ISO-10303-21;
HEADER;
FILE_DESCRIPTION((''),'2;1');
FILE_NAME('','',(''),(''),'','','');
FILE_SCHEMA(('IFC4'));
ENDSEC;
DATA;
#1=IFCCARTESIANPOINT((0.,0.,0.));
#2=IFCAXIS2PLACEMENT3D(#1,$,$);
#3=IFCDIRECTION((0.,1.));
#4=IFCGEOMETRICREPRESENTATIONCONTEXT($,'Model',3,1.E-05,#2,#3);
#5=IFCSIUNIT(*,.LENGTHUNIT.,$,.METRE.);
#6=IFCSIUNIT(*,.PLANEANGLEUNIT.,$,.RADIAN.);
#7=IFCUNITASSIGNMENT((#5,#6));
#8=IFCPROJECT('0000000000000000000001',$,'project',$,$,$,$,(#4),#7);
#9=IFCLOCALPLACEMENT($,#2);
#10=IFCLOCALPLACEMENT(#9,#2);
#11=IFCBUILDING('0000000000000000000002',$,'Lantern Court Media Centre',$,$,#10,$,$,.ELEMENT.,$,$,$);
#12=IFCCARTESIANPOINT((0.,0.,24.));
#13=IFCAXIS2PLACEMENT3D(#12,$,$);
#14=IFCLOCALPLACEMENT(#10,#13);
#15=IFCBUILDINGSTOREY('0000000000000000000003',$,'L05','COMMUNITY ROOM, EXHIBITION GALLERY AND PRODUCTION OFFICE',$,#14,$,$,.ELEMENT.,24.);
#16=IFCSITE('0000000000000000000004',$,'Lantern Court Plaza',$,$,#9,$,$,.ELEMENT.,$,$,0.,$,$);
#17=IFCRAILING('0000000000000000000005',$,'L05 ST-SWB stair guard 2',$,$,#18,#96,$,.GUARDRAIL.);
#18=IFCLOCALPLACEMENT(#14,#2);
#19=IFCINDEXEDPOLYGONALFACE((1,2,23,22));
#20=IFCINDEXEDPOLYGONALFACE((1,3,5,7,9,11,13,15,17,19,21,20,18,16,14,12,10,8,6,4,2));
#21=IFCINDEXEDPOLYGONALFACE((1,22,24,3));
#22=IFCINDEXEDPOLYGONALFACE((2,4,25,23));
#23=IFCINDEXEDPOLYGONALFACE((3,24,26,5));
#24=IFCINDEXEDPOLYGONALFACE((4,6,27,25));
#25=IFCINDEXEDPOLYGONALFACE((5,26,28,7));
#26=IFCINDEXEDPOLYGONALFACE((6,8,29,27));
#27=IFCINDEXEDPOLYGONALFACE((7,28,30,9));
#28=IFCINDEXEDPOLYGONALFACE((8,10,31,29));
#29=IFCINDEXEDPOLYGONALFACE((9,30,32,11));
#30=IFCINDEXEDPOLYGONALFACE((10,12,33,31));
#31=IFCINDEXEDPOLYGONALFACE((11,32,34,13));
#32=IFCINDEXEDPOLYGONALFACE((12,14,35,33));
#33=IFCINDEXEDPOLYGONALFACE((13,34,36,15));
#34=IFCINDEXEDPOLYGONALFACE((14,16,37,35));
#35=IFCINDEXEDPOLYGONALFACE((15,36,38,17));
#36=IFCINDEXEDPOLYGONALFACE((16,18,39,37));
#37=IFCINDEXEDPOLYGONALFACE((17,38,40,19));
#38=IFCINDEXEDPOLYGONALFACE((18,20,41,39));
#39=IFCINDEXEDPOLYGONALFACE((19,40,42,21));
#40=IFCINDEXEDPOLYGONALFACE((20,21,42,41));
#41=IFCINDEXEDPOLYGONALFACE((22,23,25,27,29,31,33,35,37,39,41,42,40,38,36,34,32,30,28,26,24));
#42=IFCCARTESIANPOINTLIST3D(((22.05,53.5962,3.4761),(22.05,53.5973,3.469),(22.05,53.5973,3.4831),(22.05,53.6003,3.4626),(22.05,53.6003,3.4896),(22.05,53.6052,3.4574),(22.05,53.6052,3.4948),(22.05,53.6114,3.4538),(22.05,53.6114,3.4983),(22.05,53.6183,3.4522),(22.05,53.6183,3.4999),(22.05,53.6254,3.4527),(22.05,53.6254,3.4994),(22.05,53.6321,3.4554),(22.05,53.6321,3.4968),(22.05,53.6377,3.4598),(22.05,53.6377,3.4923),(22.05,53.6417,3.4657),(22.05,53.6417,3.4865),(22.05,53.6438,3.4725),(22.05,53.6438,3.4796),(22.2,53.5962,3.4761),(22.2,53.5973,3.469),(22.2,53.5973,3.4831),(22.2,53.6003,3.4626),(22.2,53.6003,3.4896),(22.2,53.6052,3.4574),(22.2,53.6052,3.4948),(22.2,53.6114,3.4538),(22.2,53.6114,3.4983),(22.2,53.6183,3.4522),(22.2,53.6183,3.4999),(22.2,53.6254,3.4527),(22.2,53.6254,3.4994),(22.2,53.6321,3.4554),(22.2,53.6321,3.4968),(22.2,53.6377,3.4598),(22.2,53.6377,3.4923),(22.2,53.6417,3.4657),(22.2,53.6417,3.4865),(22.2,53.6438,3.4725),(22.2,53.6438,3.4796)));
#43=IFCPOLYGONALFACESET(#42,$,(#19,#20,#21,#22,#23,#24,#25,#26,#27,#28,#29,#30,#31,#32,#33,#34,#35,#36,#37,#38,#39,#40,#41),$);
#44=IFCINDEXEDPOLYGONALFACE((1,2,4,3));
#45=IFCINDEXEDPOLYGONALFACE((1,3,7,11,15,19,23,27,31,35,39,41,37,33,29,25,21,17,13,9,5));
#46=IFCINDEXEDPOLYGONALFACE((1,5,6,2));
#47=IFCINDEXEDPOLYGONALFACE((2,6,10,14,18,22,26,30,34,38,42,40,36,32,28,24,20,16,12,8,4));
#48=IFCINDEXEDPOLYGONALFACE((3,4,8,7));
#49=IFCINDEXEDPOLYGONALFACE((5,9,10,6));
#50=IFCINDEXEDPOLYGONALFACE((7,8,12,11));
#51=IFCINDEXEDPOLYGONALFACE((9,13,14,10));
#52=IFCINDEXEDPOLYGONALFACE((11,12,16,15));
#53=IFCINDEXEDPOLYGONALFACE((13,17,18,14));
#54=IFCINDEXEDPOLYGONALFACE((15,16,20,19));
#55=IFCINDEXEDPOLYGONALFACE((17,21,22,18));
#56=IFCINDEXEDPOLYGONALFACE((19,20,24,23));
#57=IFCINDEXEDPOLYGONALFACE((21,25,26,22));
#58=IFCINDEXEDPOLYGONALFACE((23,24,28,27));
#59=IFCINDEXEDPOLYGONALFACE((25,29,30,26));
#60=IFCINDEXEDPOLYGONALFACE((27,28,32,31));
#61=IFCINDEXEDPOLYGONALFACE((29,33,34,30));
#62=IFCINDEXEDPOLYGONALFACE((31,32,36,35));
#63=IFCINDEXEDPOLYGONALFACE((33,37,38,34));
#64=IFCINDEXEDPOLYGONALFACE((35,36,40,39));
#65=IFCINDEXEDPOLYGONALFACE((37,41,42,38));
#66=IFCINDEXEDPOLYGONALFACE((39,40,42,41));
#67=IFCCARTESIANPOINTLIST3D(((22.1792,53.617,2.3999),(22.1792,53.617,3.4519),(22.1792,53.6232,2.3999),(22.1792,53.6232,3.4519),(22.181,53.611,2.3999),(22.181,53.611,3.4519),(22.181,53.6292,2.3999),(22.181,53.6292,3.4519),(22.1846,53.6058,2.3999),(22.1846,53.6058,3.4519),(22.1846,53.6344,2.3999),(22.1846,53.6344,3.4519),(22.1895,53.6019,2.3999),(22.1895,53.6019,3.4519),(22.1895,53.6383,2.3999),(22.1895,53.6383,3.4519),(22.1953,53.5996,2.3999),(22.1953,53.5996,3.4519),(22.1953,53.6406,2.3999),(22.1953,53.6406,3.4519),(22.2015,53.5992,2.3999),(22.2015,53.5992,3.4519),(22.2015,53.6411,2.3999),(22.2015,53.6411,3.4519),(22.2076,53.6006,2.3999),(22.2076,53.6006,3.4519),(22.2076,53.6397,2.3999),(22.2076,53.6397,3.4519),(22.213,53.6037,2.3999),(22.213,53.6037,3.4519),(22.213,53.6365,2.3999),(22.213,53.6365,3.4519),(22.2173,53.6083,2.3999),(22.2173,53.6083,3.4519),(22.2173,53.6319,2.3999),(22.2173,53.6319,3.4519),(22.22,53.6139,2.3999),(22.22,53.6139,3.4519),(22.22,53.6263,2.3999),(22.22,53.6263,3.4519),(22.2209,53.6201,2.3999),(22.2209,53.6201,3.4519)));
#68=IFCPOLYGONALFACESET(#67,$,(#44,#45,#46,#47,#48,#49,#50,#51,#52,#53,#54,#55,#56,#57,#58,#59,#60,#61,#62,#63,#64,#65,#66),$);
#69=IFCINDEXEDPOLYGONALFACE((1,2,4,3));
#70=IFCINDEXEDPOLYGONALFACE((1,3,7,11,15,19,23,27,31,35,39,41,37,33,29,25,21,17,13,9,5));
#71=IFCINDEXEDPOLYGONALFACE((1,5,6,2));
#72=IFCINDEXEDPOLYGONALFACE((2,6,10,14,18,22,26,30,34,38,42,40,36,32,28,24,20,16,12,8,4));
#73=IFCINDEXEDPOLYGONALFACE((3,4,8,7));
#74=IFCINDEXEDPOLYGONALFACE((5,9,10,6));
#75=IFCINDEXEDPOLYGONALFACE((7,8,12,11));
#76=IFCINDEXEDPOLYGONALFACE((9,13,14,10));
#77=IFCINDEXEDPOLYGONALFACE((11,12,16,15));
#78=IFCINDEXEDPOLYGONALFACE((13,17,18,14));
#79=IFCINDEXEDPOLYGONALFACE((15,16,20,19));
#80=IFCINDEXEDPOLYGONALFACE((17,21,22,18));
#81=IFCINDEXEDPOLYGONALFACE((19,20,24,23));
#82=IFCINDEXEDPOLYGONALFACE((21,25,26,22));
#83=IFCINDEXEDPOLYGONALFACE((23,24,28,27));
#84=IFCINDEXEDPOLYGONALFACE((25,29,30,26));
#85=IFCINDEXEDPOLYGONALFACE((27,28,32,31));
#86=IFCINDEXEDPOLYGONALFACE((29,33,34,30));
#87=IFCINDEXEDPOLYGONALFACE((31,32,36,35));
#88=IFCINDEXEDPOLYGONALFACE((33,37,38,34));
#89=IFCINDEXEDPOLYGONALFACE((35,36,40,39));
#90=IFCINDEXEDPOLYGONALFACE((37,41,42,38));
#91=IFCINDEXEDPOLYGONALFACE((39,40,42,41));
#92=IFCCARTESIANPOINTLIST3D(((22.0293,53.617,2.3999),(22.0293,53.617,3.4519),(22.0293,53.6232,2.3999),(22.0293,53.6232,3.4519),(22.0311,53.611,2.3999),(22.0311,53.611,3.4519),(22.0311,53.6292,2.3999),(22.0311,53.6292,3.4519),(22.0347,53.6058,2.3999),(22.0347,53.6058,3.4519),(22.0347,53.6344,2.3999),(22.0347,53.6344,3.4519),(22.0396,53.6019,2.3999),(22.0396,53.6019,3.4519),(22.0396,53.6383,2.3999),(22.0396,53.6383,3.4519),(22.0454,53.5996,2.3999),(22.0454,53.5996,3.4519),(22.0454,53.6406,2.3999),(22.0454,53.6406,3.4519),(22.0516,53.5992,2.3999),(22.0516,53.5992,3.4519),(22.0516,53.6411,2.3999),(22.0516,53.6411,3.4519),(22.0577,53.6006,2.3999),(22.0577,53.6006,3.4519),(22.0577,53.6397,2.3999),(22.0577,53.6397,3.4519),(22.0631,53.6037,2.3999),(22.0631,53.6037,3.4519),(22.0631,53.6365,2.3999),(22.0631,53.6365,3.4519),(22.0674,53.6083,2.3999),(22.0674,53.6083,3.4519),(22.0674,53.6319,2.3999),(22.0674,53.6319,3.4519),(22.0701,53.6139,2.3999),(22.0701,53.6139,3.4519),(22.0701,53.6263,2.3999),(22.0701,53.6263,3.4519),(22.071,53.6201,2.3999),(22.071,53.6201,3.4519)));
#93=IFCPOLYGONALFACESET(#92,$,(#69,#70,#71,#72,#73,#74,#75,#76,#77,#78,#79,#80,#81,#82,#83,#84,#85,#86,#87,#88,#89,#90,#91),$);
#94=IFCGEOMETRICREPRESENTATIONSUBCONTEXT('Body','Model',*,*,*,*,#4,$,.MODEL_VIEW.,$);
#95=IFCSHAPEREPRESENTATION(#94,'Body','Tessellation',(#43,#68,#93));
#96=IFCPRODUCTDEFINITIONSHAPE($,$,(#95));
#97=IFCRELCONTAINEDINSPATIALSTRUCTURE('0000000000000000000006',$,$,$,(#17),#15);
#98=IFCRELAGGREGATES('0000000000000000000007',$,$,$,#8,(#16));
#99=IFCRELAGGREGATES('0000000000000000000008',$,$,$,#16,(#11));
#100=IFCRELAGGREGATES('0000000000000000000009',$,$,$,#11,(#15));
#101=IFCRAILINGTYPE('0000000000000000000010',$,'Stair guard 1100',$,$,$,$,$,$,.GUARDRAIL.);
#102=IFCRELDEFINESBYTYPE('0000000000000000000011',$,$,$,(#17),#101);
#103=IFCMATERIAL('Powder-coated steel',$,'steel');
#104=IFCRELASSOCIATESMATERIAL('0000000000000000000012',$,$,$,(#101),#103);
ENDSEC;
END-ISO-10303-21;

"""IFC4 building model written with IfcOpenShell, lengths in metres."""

from ifc_helpers import new_model, si_unit, direction, frame, origin, origin_2d, place, context, subcontext, project, spatial, circle, extrude, material, type_object, element, save


model = new_model("IFC4")

# Units and contexts
model_context = context("Model", 3, precision=1e-05, world=origin(), true_north=direction((0.0, 1.0)))
body_context = subcontext(model_context, "Body", "Model", "MODEL_VIEW")
ifc_project = project(units=[si_unit("LENGTHUNIT", "METRE"), si_unit("PLANEANGLEUNIT", "RADIAN")], contexts=[model_context])

# Site, building, storey
site_placement = place(None, origin())
site = spatial("IfcSite", under=ifc_project, at=site_placement, Name="Lantern Court Plaza", CompositionType="ELEMENT", RefElevation=0.0)
building_placement = place(site_placement, origin())
building = spatial("IfcBuilding", under=site, at=building_placement, Name="Lantern Court Media Centre", CompositionType="ELEMENT")
storey_placement = place(building_placement, frame((0.0, 0.0, 24.0)))
storey = spatial("IfcBuildingStorey", under=building, at=storey_placement, Name="L05", Description="COMMUNITY ROOM, EXHIBITION GALLERY AND PRODUCTION OFFICE", CompositionType="ELEMENT", Elevation=24.0)

# Railing
ifc_material_1 = material(Name="Powder-coated steel", Category="steel")
railing_type_1 = type_object("IfcRailingType", Name="Stair guard 1100", PredefinedType="GUARDRAIL", material=ifc_material_1)
railing_1_placement = place(storey_placement, frame((22.2, 53.6201, 2.3999)))
element("IfcRailing", 1, at=railing_1_placement, inside=storey, type_object=railing_type_1, Name="L05 ST-SWB stair guard 2", PredefinedType="GUARDRAIL", context=body_context, shape_type="SweptSolid", body=[
    extrude(circle(Radius=0.0239, at=origin_2d()), frame((0.0, 0.0, 1.0762), z_axis=(-1.0, 0.0, 0.0), x_axis=(0.0, -1.0, 0.0)), (0.0, 0.0, 1.0), 0.1499),
    extrude(circle(Radius=0.021, at=origin_2d()), origin(), (0.0, 0.0, 1.0), 1.052),
    extrude(circle(Radius=0.021, at=origin_2d()), frame((-0.1499, 0.0, 0.0)), (0.0, 0.0, 1.0), 1.052),
])

save(model, "model.ifc")
